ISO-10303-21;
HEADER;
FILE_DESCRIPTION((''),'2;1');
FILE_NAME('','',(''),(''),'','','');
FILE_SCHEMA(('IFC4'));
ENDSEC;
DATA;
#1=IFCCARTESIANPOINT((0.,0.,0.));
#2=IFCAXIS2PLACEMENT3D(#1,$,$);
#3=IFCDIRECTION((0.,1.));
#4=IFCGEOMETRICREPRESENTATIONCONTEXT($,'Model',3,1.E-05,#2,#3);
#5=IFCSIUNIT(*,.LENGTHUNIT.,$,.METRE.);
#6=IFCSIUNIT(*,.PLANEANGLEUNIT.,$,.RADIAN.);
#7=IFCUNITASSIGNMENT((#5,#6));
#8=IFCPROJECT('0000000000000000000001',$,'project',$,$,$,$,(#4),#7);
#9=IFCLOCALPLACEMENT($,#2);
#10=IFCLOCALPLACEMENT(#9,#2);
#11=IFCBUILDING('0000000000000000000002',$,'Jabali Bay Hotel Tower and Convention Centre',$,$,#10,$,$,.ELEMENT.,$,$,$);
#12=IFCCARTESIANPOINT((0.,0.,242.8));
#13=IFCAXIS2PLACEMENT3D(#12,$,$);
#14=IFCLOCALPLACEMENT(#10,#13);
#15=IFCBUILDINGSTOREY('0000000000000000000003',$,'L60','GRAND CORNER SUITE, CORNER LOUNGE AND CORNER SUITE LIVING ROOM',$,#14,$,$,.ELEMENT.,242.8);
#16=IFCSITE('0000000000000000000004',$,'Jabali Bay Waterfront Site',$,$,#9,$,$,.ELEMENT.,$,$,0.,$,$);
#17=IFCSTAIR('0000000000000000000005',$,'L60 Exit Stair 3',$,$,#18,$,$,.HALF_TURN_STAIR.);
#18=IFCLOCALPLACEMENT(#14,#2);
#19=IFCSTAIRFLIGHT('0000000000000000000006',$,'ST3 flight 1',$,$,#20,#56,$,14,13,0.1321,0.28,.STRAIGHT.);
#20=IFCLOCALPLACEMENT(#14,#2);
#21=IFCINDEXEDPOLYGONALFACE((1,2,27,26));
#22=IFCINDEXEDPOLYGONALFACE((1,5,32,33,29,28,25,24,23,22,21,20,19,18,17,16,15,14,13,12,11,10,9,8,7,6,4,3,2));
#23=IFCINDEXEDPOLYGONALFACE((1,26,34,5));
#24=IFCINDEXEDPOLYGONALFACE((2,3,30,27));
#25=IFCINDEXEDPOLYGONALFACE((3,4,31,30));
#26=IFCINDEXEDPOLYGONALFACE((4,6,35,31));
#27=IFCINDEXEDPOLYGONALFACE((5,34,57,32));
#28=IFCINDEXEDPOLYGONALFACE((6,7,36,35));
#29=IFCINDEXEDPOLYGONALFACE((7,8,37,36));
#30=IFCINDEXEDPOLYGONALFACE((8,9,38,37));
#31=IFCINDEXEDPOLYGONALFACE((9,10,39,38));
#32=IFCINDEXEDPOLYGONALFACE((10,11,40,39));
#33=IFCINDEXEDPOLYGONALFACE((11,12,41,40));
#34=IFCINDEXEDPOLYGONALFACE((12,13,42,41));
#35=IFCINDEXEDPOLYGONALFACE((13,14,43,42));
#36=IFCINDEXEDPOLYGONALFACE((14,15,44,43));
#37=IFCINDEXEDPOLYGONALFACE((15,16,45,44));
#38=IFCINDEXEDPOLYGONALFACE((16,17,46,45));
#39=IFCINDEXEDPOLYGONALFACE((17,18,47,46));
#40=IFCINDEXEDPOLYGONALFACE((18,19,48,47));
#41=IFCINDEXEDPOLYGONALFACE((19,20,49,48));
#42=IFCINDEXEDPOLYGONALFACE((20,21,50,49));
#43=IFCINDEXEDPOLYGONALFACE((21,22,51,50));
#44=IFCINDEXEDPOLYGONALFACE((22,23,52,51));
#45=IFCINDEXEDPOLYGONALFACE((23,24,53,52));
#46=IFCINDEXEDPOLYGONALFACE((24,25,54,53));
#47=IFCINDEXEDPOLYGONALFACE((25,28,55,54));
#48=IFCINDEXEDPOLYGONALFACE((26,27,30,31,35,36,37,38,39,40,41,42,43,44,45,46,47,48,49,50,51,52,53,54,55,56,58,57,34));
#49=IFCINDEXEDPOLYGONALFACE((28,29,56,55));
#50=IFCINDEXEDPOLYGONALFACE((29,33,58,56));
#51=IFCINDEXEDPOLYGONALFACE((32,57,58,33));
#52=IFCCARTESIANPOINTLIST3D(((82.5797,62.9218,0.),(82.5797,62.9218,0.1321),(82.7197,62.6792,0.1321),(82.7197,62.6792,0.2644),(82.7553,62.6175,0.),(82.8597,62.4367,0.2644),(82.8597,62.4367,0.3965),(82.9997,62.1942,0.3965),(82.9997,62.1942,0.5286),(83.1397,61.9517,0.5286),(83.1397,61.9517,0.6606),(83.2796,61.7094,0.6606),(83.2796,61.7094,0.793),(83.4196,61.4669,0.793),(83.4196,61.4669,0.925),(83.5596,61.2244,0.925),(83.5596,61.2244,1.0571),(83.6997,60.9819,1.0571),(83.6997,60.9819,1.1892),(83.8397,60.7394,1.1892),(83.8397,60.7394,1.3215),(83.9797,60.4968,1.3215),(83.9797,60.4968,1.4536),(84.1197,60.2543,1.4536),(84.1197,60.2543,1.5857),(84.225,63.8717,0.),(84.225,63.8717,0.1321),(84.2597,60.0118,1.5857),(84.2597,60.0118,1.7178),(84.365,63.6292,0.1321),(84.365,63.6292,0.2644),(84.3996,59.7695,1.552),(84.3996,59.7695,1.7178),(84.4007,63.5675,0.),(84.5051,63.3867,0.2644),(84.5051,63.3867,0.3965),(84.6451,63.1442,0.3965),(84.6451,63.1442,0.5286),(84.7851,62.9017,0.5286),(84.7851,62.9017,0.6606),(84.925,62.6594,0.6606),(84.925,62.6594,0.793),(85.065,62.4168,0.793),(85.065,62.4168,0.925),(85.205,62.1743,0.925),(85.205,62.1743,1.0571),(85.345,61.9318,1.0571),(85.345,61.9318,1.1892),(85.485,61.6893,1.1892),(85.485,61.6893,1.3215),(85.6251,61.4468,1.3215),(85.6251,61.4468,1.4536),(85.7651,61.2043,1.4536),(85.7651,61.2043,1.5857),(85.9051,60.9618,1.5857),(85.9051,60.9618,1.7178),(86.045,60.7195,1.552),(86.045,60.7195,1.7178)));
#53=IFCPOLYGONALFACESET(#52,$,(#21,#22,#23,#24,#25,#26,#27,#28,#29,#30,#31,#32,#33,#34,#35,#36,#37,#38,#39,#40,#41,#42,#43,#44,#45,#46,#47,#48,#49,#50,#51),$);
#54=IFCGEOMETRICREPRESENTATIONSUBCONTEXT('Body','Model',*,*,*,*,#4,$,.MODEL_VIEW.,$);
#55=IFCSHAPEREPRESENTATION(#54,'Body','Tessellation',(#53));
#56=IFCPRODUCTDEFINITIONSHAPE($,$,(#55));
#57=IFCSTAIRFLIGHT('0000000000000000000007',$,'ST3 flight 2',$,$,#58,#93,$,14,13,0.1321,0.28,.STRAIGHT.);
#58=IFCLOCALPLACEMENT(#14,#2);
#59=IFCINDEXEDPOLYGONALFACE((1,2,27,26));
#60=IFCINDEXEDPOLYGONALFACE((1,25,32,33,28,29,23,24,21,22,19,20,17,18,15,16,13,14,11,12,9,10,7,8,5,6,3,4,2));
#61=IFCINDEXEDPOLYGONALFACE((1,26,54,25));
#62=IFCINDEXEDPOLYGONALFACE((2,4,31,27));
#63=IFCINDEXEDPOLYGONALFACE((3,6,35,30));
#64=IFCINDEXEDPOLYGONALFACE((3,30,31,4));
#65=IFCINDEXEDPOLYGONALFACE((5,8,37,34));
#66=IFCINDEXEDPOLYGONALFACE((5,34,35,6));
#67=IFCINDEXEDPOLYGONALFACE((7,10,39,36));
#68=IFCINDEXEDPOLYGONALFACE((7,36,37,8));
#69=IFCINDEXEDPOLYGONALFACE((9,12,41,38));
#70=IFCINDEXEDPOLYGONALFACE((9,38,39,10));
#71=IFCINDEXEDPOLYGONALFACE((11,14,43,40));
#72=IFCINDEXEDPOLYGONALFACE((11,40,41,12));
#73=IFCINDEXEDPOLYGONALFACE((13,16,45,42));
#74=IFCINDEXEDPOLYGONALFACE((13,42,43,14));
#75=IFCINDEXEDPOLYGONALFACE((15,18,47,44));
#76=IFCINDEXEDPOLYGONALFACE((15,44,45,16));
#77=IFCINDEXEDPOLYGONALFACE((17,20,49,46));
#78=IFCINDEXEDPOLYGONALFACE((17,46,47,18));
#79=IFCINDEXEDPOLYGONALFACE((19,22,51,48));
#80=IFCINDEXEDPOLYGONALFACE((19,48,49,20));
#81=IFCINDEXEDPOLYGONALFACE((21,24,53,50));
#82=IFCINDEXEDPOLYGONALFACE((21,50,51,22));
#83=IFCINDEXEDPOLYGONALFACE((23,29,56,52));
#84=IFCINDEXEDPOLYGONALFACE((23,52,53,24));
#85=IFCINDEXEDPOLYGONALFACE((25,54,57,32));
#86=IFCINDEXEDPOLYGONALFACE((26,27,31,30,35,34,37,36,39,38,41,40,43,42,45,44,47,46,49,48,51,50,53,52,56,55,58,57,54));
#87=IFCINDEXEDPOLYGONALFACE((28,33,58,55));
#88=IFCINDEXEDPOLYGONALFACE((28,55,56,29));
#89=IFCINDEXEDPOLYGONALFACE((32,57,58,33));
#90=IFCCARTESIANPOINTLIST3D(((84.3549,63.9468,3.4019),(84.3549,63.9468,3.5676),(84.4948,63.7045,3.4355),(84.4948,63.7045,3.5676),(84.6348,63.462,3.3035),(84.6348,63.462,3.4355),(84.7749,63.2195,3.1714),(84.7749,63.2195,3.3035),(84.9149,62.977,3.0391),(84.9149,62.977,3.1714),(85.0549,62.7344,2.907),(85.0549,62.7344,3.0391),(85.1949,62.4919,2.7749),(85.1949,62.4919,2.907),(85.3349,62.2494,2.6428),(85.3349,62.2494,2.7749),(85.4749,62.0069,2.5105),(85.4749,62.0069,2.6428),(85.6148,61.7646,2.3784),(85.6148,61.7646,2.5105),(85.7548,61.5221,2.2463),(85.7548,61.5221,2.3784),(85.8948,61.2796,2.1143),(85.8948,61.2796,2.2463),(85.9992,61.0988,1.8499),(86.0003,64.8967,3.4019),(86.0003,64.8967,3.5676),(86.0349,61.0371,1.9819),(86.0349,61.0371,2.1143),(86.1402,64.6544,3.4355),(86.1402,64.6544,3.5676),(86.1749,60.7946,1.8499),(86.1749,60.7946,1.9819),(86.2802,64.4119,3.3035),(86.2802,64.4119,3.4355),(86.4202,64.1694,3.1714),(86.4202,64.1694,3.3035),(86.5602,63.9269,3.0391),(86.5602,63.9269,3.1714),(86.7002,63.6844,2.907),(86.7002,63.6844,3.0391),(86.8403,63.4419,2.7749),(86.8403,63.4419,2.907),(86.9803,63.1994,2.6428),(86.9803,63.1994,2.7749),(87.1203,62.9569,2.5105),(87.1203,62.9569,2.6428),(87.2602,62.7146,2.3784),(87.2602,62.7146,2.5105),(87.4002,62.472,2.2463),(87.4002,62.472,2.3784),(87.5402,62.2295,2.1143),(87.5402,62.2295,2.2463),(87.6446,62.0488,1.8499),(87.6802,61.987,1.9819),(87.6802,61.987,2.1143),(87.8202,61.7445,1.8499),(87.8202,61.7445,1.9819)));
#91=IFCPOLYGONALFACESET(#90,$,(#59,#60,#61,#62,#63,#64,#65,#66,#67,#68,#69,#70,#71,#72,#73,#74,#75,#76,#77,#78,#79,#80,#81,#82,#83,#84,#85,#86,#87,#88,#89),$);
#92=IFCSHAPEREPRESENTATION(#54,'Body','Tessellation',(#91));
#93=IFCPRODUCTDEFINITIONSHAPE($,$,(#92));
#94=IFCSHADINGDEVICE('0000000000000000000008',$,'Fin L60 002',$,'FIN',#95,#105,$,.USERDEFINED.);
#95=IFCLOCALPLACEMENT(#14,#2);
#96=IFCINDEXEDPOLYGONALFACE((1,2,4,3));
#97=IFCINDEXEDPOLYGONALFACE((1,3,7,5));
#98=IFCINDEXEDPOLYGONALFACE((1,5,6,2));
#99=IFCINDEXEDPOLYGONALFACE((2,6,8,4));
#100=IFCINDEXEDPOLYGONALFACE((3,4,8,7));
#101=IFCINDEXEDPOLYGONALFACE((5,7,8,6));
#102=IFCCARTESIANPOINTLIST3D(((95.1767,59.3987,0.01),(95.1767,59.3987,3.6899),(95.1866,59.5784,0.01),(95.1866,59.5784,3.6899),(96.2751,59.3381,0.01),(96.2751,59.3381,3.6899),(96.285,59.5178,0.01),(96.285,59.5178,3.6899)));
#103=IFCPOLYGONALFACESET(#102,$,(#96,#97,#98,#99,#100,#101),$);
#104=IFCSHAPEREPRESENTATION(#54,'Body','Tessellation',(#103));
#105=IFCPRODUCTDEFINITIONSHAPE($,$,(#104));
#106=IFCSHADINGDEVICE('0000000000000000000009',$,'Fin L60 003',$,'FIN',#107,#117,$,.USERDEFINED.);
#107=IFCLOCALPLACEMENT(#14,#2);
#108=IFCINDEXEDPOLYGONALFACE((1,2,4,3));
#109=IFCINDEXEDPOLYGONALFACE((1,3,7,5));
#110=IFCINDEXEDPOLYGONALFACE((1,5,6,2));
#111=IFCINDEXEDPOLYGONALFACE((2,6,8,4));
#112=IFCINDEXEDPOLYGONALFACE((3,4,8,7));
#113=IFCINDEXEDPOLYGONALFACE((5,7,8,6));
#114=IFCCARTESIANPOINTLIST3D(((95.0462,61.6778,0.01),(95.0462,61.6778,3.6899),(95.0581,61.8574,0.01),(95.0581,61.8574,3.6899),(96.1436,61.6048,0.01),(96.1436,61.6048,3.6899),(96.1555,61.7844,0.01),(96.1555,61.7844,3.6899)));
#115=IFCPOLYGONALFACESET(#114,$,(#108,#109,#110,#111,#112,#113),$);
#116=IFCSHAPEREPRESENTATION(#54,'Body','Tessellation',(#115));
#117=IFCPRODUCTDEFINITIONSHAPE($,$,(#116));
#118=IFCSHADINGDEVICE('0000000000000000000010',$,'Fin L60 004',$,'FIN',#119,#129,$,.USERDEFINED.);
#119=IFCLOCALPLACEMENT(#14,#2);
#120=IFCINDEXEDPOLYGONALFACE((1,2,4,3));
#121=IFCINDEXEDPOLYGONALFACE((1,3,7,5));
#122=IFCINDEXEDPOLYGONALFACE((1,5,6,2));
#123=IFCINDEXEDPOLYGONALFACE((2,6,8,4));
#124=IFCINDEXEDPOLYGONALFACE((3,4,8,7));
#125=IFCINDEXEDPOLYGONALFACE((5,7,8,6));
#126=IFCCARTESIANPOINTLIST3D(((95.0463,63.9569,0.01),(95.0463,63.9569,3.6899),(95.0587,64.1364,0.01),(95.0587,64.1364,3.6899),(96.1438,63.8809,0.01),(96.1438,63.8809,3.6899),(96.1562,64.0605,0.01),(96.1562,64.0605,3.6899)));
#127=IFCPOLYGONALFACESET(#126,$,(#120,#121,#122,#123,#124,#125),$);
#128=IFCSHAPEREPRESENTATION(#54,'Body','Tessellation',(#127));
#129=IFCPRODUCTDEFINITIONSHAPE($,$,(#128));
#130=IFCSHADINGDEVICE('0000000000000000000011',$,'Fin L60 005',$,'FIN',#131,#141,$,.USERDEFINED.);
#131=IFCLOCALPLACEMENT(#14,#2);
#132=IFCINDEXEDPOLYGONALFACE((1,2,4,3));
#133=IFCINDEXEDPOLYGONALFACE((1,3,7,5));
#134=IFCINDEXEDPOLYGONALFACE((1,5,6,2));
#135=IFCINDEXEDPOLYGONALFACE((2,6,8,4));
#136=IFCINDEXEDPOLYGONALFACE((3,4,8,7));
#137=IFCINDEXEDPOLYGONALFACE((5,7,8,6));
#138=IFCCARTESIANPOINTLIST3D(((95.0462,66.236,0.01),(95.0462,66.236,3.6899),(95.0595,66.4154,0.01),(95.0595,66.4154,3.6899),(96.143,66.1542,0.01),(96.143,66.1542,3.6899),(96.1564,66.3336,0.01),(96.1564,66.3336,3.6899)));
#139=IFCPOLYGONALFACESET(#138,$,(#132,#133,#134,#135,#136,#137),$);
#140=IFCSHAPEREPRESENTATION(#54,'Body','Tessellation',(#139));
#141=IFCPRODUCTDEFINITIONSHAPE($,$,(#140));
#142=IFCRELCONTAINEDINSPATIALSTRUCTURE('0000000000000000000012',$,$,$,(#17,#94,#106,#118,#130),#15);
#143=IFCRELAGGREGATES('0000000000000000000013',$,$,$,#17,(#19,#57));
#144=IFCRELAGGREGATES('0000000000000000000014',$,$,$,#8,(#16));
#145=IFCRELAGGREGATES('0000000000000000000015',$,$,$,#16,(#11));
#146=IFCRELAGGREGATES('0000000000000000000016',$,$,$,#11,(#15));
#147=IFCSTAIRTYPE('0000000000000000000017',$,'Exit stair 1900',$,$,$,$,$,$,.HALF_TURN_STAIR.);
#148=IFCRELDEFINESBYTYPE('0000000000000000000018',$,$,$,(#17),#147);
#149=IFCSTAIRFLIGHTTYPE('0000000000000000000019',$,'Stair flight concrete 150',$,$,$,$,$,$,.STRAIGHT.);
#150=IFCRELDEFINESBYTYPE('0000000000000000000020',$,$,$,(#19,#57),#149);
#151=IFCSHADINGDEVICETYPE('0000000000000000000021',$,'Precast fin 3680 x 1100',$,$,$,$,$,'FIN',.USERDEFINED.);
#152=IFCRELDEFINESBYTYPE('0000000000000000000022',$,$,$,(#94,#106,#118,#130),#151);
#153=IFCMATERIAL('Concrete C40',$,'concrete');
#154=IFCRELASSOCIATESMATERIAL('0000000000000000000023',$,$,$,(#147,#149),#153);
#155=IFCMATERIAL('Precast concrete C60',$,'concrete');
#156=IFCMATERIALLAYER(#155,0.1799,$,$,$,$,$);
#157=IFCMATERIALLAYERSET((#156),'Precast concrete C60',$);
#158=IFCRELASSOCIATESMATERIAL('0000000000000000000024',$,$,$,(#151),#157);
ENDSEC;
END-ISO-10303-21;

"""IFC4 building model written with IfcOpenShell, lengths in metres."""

from ifc_helpers import new_model, si_unit, direction, frame, frame_2d, origin, place, context, subcontext, project, spatial, polyline, rectangle, outline, extrude, material, layer, layer_set, type_object, element, aggregate, save


model = new_model("IFC4")

# Units and contexts
model_context = context("Model", 3, precision=1e-05, world=origin(), true_north=direction((0.0, 1.0)))
body_context = subcontext(model_context, "Body", "Model", "MODEL_VIEW")
ifc_project = project(units=[si_unit("LENGTHUNIT", "METRE"), si_unit("PLANEANGLEUNIT", "RADIAN")], contexts=[model_context])

# Site, building, storey
site_placement = place(None, origin())
site = spatial("IfcSite", under=ifc_project, at=site_placement, Name="Jabali Bay Waterfront Site", CompositionType="ELEMENT", RefElevation=0.0)
building_placement = place(site_placement, origin())
building = spatial("IfcBuilding", under=site, at=building_placement, Name="Jabali Bay Hotel Tower and Convention Centre", CompositionType="ELEMENT")
storey_placement = place(building_placement, frame((0.0, 0.0, 242.8)))
storey = spatial("IfcBuildingStorey", under=building, at=storey_placement, Name="L60", Description="GRAND CORNER SUITE, CORNER LOUNGE AND CORNER SUITE LIVING ROOM", CompositionType="ELEMENT", Elevation=242.8)

# Shared definitions
ifc_material_1 = material(Name="Concrete C40", Category="concrete")

# Stair, stair flights
stair_type = type_object("IfcStairType", Name="Exit stair 1900", PredefinedType="HALF_TURN_STAIR", material=ifc_material_1)
stair_placement = place(storey_placement, origin())
stair = element("IfcStair", 1, at=stair_placement, inside=storey, type_object=stair_type, Name="L60 Exit Stair 3", PredefinedType="HALF_TURN_STAIR")
stair_flight_type = type_object("IfcStairFlightType", Name="Stair flight concrete 150", PredefinedType="STRAIGHT", material=ifc_material_1)
stair_flight_1_placement = place(storey_placement, frame((83.4023, 63.3967, 0.0), z_axis=(0.0, 0.0, 1.0), x_axis=(0.5, -0.866025, 0.0)))
stair_flight_1 = element("IfcStairFlight", 2, at=stair_flight_1_placement, type_object=stair_flight_type, Name="ST3 flight 1", NumberOfRisers=14, NumberOfTreads=13, PredefinedType="STRAIGHT", RiserHeight=0.1321, TreadLength=0.28, context=body_context, shape_type="SweptSolid", body=[
    extrude(outline(polyline([(0.0, 0.0), (0.0, 0.1321), (0.28, 0.1321), (0.28, 0.2644), (0.5601, 0.2644), (0.5601, 0.3965), (0.8401, 0.3965), (0.8401, 0.5286), (1.1201, 0.5286), (1.1201, 0.6606), (1.3999, 0.6606), (1.3999, 0.793), (1.6799, 0.793), (1.6799, 0.925), (1.96, 0.925), (1.96, 1.0571), (2.24, 1.0571), (2.24, 1.1892), (2.52, 1.1892), (2.52, 1.3215), (2.8, 1.3215), (2.8, 1.4536), (3.0801, 1.4536), (3.0801, 1.5857), (3.3601, 1.5857), (3.3601, 1.7178), (3.6399, 1.7178), (3.6399, 1.8501), (3.6399, 1.552), (0.3513, 0.0), (0.0, 0.0)])), frame((0.0, 0.95, 0.0), z_axis=(0.0, -1.0, 0.0), x_axis=(1.0, 0.0, 0.0)), (0.0, 0.0, 1.0), 1.8999),
])
stair_flight_2_placement = place(storey_placement, frame((86.9976, 61.2695, 1.8499), z_axis=(0.0, 0.0, 1.0), x_axis=(-0.5, 0.866025, 0.0)))
stair_flight_2 = element("IfcStairFlight", 3, at=stair_flight_2_placement, type_object=stair_flight_type, Name="ST3 flight 2", NumberOfRisers=14, NumberOfTreads=13, PredefinedType="STRAIGHT", RiserHeight=0.1321, TreadLength=0.28, context=body_context, shape_type="SweptSolid", body=[
    extrude(outline(polyline([(0.0, 0.0), (0.0, 0.1321), (0.28, 0.1321), (0.28, 0.2644), (0.5601, 0.2644), (0.5601, 0.3965), (0.8401, 0.3965), (0.8401, 0.5286), (1.1201, 0.5286), (1.1201, 0.6606), (1.3999, 0.6606), (1.3999, 0.793), (1.6799, 0.793), (1.6799, 0.925), (1.96, 0.925), (1.96, 1.0571), (2.24, 1.0571), (2.24, 1.1892), (2.52, 1.1892), (2.52, 1.3215), (2.8, 1.3215), (2.8, 1.4536), (3.0801, 1.4536), (3.0801, 1.5857), (3.3601, 1.5857), (3.3601, 1.7178), (3.6399, 1.7178), (3.6399, 1.8501), (3.6399, 1.552), (0.3513, 0.0), (0.0, 0.0)])), frame((0.0, 0.95, 0.0), z_axis=(0.0, -1.0, 0.0), x_axis=(1.0, 0.0, 0.0)), (0.0, 0.0, 1.0), 1.8999),
])
aggregate(stair, [stair_flight_1, stair_flight_2])

# Shading devices
ifc_material_2 = material(Name="Precast concrete C60", Category="concrete")
ifc_layer_1 = layer(ifc_material_2, 0.1799)
ifc_layer_set_1 = layer_set([ifc_layer_1], Name="Precast concrete C60")
shading_device_type = type_object("IfcShadingDeviceType", Name="Precast fin 3680 x 1100", ElementType="FIN", PredefinedType="USERDEFINED", material=ifc_layer_set_1)
shading_device_1_placement = place(storey_placement, frame((95.1816, 59.4885, 0.01), z_axis=(0.0, 0.0, 1.0), x_axis=(0.998484, -0.05504, 0.0)))
element("IfcShadingDevice", 4, at=shading_device_1_placement, inside=storey, type_object=shading_device_type, Name="Fin L60 002", ObjectType="FIN", PredefinedType="USERDEFINED", context=body_context, shape_type="SweptSolid", body=[
    extrude(rectangle(XDim=1.1001, YDim=0.1799, at=frame_2d((0.55, 0.0))), origin(), (0.0, 0.0, 1.0), 3.6799),
])
shading_device_2_placement = place(storey_placement, frame((95.0522, 61.7676, 0.01), z_axis=(0.0, 0.0, 1.0), x_axis=(0.997795, -0.066372, 0.0)))
element("IfcShadingDevice", 5, at=shading_device_2_placement, inside=storey, type_object=shading_device_type, Name="Fin L60 003", ObjectType="FIN", PredefinedType="USERDEFINED", context=body_context, shape_type="SweptSolid", body=[
    extrude(rectangle(XDim=1.0999, YDim=0.1799, at=frame_2d((0.5498, 0.0))), origin(), (0.0, 0.0, 1.0), 3.6799),
])
shading_device_3_placement = place(storey_placement, frame((95.0525, 64.0466, 0.01), z_axis=(0.0, 0.0, 1.0), x_axis=(0.997615, -0.069023, 0.0)))
element("IfcShadingDevice", 6, at=shading_device_3_placement, inside=storey, type_object=shading_device_type, Name="Fin L60 004", ObjectType="FIN", PredefinedType="USERDEFINED", context=body_context, shape_type="SweptSolid", body=[
    extrude(rectangle(XDim=1.1001, YDim=0.1799, at=frame_2d((0.55, 0.0))), origin(), (0.0, 0.0, 1.0), 3.6799),
])
shading_device_4_placement = place(storey_placement, frame((95.053, 66.3257, 0.01), z_axis=(0.0, 0.0, 1.0), x_axis=(0.997232, -0.074354, 0.0)))
element("IfcShadingDevice", 7, at=shading_device_4_placement, inside=storey, type_object=shading_device_type, Name="Fin L60 005", ObjectType="FIN", PredefinedType="USERDEFINED", context=body_context, shape_type="SweptSolid", body=[
    extrude(rectangle(XDim=1.0999, YDim=0.1799, at=frame_2d((0.5498, 0.0))), origin(), (0.0, 0.0, 1.0), 3.6799),
])

save(model, "model.ifc")
